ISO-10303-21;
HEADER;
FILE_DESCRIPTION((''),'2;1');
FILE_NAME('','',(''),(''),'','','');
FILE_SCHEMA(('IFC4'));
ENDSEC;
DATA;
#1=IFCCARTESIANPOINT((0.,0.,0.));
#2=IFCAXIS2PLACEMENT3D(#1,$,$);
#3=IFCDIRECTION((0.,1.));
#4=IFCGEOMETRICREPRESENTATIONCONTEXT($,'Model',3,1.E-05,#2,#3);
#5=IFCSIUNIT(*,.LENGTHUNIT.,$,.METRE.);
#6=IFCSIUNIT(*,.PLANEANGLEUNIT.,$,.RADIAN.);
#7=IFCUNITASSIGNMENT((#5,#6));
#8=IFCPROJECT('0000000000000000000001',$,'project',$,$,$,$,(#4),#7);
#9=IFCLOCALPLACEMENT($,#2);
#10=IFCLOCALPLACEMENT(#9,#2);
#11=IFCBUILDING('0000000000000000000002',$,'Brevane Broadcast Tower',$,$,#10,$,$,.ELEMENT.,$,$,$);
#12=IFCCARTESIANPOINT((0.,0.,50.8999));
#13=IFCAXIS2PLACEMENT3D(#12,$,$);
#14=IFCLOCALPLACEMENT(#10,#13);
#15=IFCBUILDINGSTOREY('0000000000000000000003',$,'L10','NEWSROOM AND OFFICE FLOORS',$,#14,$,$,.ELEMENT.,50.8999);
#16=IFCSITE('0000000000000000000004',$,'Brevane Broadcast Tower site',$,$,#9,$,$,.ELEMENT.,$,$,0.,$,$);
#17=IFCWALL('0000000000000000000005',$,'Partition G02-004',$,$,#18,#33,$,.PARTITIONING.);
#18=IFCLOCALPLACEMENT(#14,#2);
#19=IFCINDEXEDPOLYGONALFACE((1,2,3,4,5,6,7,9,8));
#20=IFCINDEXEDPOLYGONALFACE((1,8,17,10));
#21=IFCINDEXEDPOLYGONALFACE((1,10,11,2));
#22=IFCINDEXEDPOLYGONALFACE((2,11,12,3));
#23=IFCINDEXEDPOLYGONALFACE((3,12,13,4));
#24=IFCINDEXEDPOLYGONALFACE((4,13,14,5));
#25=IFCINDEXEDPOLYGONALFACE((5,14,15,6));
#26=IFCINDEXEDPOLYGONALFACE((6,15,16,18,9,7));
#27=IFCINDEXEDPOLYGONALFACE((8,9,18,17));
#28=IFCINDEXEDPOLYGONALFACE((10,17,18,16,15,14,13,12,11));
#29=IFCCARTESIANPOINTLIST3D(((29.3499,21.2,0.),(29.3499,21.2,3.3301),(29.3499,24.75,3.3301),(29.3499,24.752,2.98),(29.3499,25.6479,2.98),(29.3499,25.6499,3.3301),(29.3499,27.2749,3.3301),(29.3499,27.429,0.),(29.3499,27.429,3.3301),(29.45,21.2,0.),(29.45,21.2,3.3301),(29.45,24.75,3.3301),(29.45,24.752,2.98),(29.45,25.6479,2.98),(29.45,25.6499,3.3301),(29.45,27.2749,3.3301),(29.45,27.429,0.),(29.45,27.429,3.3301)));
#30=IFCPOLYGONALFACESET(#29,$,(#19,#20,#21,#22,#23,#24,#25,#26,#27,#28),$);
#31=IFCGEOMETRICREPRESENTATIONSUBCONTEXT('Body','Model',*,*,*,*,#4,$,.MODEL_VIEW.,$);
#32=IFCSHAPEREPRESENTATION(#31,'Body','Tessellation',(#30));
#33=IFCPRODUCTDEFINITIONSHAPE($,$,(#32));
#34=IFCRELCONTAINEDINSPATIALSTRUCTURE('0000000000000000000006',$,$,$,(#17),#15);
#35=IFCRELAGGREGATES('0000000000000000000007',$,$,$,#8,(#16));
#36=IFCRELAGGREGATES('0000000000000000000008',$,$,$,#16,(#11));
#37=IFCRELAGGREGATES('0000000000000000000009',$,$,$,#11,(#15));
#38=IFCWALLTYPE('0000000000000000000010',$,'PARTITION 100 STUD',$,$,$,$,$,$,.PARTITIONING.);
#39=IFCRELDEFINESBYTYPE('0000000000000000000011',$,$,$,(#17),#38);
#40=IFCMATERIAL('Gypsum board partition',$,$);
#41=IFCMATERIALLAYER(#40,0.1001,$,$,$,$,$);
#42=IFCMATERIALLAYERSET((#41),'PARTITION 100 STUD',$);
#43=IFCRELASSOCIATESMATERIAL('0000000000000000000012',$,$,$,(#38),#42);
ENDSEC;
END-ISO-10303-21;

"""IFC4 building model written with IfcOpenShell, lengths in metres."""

from ifc_helpers import new_model, si_unit, direction, frame, origin, place, context, subcontext, project, spatial, polyline, outline, extrude, material, layer, layer_set, type_object, element, save


model = new_model("IFC4")

# Units and contexts
model_context = context("Model", 3, precision=1e-05, world=origin(), true_north=direction((0.0, 1.0)))
body_context = subcontext(model_context, "Body", "Model", "MODEL_VIEW")
ifc_project = project(units=[si_unit("LENGTHUNIT", "METRE"), si_unit("PLANEANGLEUNIT", "RADIAN")], contexts=[model_context])

# Site, building, storey
site_placement = place(None, origin())
site = spatial("IfcSite", under=ifc_project, at=site_placement, Name="Brevane Broadcast Tower site", CompositionType="ELEMENT", RefElevation=0.0)
building_placement = place(site_placement, origin())
building = spatial("IfcBuilding", under=site, at=building_placement, Name="Brevane Broadcast Tower", CompositionType="ELEMENT")
storey_placement = place(building_placement, frame((0.0, 0.0, 50.8999)))
storey = spatial("IfcBuildingStorey", under=building, at=storey_placement, Name="L10", Description="NEWSROOM AND OFFICE FLOORS", CompositionType="ELEMENT", Elevation=50.8999)

# Wall
ifc_material_1 = material(Name="Gypsum board partition")
ifc_layer = layer(ifc_material_1, 0.1001)
ifc_layer_set = layer_set([ifc_layer], Name="PARTITION 100 STUD")
wall_type = type_object("IfcWallType", Name="PARTITION 100 STUD", PredefinedType="PARTITIONING", material=ifc_layer_set)
wall_placement = place(storey_placement, frame((29.3999, 27.429, 0.0), z_axis=(0.0, 0.0, 1.0), x_axis=(0.0, -1.0, 0.0)))
element("IfcWall", 1, at=wall_placement, inside=storey, type_object=wall_type, Name="Partition G02-004", PredefinedType="PARTITIONING", context=body_context, shape_type="SweptSolid", body=[
    extrude(outline(polyline([(0.0, 0.0), (6.229, 0.0), (6.229, 3.3301), (2.679, 3.3301), (2.677, 2.98), (1.781, 2.98), (1.7791, 3.3301), (0.1541, 3.3301), (0.0, 3.3301), (0.0, 0.0)])), frame((0.0, 0.05, 0.0), z_axis=(0.0, -1.0, 0.0), x_axis=(1.0, 0.0, 0.0)), (0.0, 0.0, 1.0), 0.1001),
])

save(model, "model.ifc")
